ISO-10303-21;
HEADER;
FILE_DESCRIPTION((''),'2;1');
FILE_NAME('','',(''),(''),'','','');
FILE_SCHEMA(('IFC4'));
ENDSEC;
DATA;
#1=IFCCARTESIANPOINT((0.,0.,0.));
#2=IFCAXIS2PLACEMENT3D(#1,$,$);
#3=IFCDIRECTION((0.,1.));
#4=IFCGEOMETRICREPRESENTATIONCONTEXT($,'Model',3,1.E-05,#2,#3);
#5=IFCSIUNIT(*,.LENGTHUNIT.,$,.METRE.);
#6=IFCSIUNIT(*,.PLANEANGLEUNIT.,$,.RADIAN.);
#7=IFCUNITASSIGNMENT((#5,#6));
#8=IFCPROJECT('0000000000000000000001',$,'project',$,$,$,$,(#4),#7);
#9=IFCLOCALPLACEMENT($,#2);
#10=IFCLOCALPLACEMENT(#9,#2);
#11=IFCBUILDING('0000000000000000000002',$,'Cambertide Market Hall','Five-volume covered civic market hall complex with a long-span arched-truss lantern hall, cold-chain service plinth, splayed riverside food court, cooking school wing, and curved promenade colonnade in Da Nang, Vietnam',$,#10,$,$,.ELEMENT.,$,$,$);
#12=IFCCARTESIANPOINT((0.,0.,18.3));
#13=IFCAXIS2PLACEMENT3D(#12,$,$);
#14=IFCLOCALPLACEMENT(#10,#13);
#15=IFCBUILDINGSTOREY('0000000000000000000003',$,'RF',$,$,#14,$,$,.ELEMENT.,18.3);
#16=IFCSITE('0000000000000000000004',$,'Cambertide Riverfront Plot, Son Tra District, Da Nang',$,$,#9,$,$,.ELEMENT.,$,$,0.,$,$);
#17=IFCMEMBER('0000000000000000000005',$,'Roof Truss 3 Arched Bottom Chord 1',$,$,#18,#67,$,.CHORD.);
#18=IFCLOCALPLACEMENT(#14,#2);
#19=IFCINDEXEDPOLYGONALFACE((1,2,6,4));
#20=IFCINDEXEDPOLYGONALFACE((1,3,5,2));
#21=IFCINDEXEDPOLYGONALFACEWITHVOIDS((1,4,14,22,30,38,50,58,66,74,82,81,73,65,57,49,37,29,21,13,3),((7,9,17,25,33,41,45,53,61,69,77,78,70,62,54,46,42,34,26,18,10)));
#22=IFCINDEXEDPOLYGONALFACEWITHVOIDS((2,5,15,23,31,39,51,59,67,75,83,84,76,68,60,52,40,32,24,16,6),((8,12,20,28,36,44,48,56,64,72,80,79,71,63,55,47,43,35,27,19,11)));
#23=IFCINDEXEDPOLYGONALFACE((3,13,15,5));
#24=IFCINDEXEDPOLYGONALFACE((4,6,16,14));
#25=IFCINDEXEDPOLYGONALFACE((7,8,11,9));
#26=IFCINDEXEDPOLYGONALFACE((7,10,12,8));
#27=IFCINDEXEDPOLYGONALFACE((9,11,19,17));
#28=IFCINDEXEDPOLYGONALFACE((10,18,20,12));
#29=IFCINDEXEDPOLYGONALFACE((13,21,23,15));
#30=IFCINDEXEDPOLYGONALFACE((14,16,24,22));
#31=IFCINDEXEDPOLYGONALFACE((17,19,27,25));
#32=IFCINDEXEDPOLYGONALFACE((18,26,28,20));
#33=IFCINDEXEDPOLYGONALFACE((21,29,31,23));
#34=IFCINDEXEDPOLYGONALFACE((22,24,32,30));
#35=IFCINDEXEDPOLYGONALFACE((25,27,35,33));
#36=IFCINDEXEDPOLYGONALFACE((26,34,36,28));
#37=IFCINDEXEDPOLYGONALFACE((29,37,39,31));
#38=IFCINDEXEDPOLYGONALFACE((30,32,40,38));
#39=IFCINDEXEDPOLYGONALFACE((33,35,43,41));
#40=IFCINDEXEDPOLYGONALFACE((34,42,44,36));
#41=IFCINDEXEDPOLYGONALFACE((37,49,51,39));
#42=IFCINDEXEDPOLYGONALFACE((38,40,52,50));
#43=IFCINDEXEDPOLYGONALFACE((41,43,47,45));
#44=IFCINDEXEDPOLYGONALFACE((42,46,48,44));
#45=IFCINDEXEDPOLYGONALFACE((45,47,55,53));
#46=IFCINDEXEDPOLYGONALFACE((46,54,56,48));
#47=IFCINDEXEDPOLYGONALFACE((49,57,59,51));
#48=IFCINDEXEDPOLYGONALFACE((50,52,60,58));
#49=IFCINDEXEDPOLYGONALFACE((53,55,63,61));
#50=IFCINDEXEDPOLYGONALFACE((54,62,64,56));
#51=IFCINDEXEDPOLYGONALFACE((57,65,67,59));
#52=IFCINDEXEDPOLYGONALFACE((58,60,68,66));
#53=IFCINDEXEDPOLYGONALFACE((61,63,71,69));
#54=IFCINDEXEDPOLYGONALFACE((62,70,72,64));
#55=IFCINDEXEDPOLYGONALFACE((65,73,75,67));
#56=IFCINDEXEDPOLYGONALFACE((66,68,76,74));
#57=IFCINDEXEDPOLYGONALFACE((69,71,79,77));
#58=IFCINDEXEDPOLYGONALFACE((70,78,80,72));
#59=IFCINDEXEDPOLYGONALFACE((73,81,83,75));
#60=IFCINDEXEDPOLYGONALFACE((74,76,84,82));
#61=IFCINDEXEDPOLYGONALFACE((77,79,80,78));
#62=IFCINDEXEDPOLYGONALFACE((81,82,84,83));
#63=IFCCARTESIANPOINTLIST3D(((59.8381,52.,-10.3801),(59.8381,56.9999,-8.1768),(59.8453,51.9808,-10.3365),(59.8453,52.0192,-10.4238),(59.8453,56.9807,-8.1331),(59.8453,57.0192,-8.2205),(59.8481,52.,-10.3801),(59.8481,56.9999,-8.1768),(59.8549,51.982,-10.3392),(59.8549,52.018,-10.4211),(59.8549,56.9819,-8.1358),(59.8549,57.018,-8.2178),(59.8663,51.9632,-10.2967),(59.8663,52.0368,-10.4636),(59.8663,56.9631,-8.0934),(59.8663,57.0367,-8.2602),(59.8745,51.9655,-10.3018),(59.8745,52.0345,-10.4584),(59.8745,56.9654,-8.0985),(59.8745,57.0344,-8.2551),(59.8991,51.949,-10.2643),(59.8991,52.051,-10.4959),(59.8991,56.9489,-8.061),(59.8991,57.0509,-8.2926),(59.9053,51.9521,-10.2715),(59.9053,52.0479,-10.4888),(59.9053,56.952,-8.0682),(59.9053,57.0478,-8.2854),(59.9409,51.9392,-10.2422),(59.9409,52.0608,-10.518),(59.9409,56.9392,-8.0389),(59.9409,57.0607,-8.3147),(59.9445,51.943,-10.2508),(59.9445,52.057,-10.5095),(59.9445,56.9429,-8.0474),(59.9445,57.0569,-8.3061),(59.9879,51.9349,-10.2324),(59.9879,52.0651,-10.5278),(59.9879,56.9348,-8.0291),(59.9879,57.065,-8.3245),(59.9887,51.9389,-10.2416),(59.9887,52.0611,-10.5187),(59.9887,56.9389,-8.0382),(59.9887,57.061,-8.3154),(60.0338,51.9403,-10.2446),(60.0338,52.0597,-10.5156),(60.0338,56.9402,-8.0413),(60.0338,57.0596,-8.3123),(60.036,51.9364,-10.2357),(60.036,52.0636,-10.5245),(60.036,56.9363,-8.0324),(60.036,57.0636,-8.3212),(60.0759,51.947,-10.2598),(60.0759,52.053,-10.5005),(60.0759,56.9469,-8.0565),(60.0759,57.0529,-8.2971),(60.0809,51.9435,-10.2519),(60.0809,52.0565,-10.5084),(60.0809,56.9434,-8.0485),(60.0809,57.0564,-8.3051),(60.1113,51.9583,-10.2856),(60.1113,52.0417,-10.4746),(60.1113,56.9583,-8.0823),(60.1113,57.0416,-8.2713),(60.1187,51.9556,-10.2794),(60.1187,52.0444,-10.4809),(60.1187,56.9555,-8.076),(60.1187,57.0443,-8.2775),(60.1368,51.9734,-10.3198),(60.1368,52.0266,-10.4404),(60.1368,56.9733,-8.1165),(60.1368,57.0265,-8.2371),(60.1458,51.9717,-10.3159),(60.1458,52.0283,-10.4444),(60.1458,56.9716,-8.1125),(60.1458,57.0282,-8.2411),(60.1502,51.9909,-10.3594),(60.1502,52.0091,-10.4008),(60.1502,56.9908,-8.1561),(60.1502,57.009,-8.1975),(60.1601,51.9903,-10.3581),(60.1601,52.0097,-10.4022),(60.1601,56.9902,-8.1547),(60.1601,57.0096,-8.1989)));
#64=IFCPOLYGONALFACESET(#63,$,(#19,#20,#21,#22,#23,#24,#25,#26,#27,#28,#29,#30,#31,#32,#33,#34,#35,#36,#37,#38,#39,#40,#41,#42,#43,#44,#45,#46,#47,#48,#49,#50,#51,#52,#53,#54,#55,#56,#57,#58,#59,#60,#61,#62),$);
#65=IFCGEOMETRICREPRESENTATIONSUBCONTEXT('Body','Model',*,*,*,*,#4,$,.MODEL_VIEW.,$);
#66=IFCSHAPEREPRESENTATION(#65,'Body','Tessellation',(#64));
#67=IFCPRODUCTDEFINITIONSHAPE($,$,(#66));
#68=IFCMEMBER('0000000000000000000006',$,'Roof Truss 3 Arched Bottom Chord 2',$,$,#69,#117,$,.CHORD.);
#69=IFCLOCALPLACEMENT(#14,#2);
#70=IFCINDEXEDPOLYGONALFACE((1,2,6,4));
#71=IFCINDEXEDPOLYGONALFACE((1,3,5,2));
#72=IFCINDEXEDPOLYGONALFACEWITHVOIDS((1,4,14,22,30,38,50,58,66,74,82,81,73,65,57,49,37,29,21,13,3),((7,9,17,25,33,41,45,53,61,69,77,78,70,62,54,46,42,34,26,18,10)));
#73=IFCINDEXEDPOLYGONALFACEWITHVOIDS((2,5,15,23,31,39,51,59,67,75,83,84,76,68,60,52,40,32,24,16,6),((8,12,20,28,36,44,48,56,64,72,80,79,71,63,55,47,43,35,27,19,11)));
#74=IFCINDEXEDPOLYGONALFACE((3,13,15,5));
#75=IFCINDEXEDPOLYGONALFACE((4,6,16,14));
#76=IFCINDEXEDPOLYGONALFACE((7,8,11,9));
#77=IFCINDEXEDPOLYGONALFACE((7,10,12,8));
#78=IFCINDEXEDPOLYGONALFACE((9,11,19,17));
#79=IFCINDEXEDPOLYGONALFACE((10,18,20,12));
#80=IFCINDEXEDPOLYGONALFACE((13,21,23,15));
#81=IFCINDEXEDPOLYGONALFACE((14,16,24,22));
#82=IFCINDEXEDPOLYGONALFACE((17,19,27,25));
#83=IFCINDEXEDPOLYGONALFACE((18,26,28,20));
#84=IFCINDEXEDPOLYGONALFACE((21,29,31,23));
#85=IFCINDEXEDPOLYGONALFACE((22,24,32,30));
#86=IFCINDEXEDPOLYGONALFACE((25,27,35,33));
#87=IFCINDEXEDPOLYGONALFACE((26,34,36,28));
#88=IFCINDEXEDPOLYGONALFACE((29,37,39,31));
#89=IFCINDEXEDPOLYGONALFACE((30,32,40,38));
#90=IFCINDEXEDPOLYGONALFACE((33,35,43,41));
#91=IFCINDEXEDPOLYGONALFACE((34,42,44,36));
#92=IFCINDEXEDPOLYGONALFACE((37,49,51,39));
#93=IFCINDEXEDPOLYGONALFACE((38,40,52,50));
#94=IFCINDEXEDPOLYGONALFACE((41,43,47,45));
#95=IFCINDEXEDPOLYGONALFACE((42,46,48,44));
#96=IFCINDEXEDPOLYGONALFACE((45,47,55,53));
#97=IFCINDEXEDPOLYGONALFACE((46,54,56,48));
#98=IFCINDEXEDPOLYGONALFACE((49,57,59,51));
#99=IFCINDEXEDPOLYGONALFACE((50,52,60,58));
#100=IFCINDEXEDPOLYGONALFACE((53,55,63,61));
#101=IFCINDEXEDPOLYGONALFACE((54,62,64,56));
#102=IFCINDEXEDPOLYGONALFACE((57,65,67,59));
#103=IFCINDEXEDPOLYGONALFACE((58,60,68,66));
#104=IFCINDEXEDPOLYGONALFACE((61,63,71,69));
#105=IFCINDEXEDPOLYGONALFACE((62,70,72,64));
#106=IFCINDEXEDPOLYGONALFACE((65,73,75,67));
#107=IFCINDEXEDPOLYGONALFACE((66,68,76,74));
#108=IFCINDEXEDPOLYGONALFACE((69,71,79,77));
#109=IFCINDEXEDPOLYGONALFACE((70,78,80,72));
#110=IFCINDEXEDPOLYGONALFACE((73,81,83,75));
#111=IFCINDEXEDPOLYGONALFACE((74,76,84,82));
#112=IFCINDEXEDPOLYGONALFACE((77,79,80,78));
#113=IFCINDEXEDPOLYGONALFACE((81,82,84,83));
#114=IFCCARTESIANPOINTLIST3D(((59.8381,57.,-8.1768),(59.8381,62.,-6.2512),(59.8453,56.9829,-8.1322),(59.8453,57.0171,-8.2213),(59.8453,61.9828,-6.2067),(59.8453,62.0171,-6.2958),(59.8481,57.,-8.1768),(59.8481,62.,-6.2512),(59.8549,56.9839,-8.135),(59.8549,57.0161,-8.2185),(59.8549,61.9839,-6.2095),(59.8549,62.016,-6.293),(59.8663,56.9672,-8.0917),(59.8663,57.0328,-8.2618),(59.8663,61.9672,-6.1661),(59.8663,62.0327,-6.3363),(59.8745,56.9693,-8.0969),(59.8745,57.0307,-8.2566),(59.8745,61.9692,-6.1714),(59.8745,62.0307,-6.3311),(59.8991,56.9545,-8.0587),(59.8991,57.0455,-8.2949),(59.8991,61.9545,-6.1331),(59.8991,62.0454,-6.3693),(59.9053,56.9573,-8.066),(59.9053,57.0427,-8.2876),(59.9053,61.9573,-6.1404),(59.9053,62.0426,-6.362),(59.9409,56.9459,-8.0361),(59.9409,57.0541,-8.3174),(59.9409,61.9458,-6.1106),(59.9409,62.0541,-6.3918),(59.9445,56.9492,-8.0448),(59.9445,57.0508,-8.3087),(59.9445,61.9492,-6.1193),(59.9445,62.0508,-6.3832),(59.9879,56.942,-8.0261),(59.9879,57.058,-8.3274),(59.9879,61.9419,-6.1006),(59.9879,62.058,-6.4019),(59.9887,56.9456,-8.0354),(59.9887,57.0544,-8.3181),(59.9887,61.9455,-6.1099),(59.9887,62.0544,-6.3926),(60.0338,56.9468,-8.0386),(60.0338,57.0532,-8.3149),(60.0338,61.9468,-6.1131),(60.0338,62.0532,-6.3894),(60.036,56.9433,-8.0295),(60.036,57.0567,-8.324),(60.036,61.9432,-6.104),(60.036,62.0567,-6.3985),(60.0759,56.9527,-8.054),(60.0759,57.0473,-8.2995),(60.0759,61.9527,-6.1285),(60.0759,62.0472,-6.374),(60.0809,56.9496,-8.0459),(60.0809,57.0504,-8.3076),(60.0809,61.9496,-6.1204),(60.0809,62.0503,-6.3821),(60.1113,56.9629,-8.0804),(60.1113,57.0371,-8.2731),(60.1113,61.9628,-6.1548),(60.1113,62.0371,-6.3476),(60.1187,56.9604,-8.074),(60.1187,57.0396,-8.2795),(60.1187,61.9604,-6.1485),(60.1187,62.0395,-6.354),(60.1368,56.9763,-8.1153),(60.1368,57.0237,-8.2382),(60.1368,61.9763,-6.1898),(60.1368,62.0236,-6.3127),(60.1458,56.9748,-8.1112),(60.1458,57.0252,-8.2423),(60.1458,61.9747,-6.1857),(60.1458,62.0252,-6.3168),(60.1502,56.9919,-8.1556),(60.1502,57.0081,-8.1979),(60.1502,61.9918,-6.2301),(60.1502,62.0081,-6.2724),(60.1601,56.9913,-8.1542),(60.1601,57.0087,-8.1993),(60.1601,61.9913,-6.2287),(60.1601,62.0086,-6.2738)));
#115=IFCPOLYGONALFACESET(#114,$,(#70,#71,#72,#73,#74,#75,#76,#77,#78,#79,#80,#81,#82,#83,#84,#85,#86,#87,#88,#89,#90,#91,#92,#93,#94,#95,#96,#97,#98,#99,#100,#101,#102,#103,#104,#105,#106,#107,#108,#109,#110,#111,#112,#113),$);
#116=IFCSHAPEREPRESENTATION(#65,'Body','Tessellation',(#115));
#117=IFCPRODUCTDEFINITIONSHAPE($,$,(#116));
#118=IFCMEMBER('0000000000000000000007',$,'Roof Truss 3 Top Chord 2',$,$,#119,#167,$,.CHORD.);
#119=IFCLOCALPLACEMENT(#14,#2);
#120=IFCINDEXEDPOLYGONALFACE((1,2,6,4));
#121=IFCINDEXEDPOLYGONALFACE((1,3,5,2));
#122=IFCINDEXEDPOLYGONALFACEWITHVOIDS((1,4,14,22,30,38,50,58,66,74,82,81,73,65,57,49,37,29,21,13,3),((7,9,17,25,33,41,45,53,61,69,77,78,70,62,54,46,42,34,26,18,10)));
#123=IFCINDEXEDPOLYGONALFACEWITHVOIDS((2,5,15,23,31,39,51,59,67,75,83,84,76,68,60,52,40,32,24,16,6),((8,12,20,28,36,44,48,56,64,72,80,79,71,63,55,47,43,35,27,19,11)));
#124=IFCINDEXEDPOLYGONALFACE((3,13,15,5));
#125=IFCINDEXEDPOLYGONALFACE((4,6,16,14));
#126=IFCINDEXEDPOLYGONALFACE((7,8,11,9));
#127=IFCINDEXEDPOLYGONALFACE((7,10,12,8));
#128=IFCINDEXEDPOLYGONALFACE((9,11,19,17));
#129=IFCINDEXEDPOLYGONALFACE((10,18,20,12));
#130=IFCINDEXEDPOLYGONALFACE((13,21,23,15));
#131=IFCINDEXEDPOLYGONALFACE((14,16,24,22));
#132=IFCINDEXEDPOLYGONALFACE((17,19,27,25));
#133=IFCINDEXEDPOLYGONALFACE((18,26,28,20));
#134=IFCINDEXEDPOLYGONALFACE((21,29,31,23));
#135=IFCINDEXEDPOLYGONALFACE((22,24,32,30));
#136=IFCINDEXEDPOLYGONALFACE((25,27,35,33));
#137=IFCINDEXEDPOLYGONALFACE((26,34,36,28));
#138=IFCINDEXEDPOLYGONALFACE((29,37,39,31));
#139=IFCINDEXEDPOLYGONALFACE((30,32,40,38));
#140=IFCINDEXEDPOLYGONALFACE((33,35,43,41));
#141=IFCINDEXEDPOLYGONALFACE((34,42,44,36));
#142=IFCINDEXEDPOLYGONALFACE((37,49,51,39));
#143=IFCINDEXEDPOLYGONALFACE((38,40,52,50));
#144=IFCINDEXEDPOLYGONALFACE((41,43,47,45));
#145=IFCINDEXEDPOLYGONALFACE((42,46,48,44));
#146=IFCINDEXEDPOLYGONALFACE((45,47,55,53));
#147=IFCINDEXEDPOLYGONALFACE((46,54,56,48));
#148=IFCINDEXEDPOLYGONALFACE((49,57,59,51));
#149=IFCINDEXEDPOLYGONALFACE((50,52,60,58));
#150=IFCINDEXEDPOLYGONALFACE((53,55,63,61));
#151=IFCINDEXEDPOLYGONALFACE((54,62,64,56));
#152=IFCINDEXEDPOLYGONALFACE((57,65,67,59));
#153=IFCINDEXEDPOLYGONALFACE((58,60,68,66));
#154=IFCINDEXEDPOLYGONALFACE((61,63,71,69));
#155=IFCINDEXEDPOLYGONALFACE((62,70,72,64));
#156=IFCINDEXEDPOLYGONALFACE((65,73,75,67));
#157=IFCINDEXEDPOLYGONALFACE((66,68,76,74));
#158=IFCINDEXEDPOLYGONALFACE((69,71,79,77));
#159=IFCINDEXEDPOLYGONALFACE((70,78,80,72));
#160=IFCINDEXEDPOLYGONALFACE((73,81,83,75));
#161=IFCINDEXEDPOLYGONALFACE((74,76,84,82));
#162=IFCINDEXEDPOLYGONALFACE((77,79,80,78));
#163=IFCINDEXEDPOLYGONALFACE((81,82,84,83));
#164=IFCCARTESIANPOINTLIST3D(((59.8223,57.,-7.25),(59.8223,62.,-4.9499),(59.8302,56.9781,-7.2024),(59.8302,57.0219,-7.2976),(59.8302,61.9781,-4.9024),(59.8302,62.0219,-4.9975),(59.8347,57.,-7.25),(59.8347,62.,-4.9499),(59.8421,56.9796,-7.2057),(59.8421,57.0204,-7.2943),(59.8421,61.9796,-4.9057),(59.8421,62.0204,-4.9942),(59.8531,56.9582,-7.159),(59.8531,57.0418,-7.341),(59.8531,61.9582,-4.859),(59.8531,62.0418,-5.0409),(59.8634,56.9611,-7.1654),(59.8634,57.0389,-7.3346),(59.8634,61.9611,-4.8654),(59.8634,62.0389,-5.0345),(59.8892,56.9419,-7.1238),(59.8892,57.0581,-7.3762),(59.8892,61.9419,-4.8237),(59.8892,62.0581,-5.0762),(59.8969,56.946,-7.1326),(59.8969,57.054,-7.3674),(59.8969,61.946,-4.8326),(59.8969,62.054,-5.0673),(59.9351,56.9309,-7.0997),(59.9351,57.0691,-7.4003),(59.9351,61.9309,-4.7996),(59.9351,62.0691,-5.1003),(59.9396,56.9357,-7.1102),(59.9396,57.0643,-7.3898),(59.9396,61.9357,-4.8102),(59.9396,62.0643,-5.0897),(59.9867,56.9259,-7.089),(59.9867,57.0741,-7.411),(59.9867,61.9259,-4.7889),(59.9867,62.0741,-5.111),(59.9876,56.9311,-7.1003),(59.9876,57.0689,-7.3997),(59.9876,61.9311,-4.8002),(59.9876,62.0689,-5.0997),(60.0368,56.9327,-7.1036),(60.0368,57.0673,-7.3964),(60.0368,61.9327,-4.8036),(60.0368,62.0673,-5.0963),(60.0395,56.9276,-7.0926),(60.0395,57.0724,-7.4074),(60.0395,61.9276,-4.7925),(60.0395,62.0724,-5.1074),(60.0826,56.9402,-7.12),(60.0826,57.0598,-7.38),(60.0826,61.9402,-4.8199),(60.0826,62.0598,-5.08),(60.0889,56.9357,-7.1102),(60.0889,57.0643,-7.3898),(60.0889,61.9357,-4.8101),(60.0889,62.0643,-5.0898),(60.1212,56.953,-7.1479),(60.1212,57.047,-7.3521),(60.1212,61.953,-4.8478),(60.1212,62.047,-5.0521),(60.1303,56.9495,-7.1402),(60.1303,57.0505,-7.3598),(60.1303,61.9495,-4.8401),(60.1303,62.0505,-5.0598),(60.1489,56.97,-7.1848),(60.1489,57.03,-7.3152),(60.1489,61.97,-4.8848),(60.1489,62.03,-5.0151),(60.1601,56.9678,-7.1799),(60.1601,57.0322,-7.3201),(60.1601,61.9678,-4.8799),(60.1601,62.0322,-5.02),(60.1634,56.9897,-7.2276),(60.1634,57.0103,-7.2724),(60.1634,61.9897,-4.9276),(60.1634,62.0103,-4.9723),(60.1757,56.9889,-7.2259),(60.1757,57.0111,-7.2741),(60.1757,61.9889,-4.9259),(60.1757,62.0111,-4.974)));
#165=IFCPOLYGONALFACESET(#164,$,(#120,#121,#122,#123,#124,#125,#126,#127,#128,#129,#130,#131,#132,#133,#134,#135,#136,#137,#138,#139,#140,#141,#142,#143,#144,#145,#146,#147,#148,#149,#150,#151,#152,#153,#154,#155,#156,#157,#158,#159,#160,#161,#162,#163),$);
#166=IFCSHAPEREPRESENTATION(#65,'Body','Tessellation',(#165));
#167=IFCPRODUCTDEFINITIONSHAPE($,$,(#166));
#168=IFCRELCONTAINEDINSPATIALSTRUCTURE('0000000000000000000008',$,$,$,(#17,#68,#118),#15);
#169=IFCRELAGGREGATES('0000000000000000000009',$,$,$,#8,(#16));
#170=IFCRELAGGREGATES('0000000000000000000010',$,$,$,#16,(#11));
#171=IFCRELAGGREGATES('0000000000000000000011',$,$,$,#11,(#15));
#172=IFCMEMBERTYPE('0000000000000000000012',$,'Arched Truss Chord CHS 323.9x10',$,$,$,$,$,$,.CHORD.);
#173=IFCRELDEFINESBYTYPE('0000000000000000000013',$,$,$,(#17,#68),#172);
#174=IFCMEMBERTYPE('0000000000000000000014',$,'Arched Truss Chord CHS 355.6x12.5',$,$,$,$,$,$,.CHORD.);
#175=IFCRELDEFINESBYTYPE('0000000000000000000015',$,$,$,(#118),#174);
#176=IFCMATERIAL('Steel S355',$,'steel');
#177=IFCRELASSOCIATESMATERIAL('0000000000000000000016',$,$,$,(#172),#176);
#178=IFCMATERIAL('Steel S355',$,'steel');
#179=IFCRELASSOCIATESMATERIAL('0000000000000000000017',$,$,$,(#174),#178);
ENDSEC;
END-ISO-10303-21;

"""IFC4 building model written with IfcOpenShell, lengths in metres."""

from ifc_helpers import new_model, si_unit, direction, frame, origin, origin_2d, place, context, subcontext, project, spatial, hollow_circle, extrude, material, material_profile, profile_set, type_object, element, save


model = new_model("IFC4")

# Units and contexts
model_context = context("Model", 3, precision=1e-05, world=origin(), true_north=direction((0.0, 1.0)))
body_context = subcontext(model_context, "Body", "Model", "MODEL_VIEW")
ifc_project = project(units=[si_unit("LENGTHUNIT", "METRE"), si_unit("PLANEANGLEUNIT", "RADIAN")], contexts=[model_context])

# Site, building, storey
site_placement = place(None, origin())
site = spatial("IfcSite", under=ifc_project, at=site_placement, Name="Cambertide Riverfront Plot, Son Tra District, Da Nang", CompositionType="ELEMENT", RefElevation=0.0)
building_placement = place(site_placement, origin())
building = spatial("IfcBuilding", under=site, at=building_placement, Name="Cambertide Market Hall", Description="Five-volume covered civic market hall complex with a long-span arched-truss lantern hall, cold-chain service plinth, splayed riverside food court, cooking school wing, and curved promenade colonnade in Da Nang, Vietnam", CompositionType="ELEMENT")
storey_placement = place(building_placement, frame((0.0, 0.0, 18.3)))
storey = spatial("IfcBuildingStorey", under=building, at=storey_placement, Name="RF", CompositionType="ELEMENT", Elevation=18.3)

# Members
ifc_material_1 = material(Name="Steel S355", Category="steel")
ifc_material_profile_1 = material_profile(ifc_material_1, hollow_circle(Radius=0.1619, WallThickness=0.01, at=origin_2d()), Name="CHS 323.9x10")
ifc_profile_set_1 = profile_set([ifc_material_profile_1], Name="Steel S355")
member_type_1 = type_object("IfcMemberType", Name="Arched Truss Chord CHS 323.9x10", PredefinedType="CHORD", material=ifc_profile_set_1)
member_1_placement = place(storey_placement, frame((60.0, 52.0, -10.3801), z_axis=(0.0, 0.915088, 0.403255), x_axis=(-1.0, 0.0, 0.0)))
element("IfcMember", 1, at=member_1_placement, inside=storey, type_object=member_type_1, Name="Roof Truss 3 Arched Bottom Chord 1", PredefinedType="CHORD", context=body_context, shape_type="SweptSolid", body=[
    extrude(hollow_circle(Radius=0.1619, WallThickness=0.01, at=origin_2d()), origin(), (0.0, 0.0, 1.0), 5.4639),
])
member_2_placement = place(storey_placement, frame((60.0, 57.0, -8.1768), z_axis=(0.0, 0.933192, 0.359379), x_axis=(-1.0, 0.0, 0.0)))
element("IfcMember", 2, at=member_2_placement, inside=storey, type_object=member_type_1, Name="Roof Truss 3 Arched Bottom Chord 2", PredefinedType="CHORD", context=body_context, shape_type="SweptSolid", body=[
    extrude(hollow_circle(Radius=0.1619, WallThickness=0.01, at=origin_2d()), origin(), (0.0, 0.0, 1.0), 5.3579),
])
ifc_material_2 = material(Name="Steel S355", Category="steel")
ifc_material_profile_2 = material_profile(ifc_material_2, hollow_circle(Radius=0.1777, WallThickness=0.0125, at=origin_2d()), Name="CHS 355.6x12.5")
ifc_profile_set_2 = profile_set([ifc_material_profile_2], Name="Steel S355")
member_type_2 = type_object("IfcMemberType", Name="Arched Truss Chord CHS 355.6x12.5", PredefinedType="CHORD", material=ifc_profile_set_2)
member_3_placement = place(storey_placement, frame((60.0, 57.0, -7.25), z_axis=(0.0, 0.908487, 0.417913), x_axis=(-1.0, 0.0, 0.0)))
element("IfcMember", 3, at=member_3_placement, inside=storey, type_object=member_type_2, Name="Roof Truss 3 Top Chord 2", PredefinedType="CHORD", context=body_context, shape_type="SweptSolid", body=[
    extrude(hollow_circle(Radius=0.1777, WallThickness=0.0125, at=origin_2d()), origin(), (0.0, 0.0, 1.0), 5.5037),
])

save(model, "model.ifc")
